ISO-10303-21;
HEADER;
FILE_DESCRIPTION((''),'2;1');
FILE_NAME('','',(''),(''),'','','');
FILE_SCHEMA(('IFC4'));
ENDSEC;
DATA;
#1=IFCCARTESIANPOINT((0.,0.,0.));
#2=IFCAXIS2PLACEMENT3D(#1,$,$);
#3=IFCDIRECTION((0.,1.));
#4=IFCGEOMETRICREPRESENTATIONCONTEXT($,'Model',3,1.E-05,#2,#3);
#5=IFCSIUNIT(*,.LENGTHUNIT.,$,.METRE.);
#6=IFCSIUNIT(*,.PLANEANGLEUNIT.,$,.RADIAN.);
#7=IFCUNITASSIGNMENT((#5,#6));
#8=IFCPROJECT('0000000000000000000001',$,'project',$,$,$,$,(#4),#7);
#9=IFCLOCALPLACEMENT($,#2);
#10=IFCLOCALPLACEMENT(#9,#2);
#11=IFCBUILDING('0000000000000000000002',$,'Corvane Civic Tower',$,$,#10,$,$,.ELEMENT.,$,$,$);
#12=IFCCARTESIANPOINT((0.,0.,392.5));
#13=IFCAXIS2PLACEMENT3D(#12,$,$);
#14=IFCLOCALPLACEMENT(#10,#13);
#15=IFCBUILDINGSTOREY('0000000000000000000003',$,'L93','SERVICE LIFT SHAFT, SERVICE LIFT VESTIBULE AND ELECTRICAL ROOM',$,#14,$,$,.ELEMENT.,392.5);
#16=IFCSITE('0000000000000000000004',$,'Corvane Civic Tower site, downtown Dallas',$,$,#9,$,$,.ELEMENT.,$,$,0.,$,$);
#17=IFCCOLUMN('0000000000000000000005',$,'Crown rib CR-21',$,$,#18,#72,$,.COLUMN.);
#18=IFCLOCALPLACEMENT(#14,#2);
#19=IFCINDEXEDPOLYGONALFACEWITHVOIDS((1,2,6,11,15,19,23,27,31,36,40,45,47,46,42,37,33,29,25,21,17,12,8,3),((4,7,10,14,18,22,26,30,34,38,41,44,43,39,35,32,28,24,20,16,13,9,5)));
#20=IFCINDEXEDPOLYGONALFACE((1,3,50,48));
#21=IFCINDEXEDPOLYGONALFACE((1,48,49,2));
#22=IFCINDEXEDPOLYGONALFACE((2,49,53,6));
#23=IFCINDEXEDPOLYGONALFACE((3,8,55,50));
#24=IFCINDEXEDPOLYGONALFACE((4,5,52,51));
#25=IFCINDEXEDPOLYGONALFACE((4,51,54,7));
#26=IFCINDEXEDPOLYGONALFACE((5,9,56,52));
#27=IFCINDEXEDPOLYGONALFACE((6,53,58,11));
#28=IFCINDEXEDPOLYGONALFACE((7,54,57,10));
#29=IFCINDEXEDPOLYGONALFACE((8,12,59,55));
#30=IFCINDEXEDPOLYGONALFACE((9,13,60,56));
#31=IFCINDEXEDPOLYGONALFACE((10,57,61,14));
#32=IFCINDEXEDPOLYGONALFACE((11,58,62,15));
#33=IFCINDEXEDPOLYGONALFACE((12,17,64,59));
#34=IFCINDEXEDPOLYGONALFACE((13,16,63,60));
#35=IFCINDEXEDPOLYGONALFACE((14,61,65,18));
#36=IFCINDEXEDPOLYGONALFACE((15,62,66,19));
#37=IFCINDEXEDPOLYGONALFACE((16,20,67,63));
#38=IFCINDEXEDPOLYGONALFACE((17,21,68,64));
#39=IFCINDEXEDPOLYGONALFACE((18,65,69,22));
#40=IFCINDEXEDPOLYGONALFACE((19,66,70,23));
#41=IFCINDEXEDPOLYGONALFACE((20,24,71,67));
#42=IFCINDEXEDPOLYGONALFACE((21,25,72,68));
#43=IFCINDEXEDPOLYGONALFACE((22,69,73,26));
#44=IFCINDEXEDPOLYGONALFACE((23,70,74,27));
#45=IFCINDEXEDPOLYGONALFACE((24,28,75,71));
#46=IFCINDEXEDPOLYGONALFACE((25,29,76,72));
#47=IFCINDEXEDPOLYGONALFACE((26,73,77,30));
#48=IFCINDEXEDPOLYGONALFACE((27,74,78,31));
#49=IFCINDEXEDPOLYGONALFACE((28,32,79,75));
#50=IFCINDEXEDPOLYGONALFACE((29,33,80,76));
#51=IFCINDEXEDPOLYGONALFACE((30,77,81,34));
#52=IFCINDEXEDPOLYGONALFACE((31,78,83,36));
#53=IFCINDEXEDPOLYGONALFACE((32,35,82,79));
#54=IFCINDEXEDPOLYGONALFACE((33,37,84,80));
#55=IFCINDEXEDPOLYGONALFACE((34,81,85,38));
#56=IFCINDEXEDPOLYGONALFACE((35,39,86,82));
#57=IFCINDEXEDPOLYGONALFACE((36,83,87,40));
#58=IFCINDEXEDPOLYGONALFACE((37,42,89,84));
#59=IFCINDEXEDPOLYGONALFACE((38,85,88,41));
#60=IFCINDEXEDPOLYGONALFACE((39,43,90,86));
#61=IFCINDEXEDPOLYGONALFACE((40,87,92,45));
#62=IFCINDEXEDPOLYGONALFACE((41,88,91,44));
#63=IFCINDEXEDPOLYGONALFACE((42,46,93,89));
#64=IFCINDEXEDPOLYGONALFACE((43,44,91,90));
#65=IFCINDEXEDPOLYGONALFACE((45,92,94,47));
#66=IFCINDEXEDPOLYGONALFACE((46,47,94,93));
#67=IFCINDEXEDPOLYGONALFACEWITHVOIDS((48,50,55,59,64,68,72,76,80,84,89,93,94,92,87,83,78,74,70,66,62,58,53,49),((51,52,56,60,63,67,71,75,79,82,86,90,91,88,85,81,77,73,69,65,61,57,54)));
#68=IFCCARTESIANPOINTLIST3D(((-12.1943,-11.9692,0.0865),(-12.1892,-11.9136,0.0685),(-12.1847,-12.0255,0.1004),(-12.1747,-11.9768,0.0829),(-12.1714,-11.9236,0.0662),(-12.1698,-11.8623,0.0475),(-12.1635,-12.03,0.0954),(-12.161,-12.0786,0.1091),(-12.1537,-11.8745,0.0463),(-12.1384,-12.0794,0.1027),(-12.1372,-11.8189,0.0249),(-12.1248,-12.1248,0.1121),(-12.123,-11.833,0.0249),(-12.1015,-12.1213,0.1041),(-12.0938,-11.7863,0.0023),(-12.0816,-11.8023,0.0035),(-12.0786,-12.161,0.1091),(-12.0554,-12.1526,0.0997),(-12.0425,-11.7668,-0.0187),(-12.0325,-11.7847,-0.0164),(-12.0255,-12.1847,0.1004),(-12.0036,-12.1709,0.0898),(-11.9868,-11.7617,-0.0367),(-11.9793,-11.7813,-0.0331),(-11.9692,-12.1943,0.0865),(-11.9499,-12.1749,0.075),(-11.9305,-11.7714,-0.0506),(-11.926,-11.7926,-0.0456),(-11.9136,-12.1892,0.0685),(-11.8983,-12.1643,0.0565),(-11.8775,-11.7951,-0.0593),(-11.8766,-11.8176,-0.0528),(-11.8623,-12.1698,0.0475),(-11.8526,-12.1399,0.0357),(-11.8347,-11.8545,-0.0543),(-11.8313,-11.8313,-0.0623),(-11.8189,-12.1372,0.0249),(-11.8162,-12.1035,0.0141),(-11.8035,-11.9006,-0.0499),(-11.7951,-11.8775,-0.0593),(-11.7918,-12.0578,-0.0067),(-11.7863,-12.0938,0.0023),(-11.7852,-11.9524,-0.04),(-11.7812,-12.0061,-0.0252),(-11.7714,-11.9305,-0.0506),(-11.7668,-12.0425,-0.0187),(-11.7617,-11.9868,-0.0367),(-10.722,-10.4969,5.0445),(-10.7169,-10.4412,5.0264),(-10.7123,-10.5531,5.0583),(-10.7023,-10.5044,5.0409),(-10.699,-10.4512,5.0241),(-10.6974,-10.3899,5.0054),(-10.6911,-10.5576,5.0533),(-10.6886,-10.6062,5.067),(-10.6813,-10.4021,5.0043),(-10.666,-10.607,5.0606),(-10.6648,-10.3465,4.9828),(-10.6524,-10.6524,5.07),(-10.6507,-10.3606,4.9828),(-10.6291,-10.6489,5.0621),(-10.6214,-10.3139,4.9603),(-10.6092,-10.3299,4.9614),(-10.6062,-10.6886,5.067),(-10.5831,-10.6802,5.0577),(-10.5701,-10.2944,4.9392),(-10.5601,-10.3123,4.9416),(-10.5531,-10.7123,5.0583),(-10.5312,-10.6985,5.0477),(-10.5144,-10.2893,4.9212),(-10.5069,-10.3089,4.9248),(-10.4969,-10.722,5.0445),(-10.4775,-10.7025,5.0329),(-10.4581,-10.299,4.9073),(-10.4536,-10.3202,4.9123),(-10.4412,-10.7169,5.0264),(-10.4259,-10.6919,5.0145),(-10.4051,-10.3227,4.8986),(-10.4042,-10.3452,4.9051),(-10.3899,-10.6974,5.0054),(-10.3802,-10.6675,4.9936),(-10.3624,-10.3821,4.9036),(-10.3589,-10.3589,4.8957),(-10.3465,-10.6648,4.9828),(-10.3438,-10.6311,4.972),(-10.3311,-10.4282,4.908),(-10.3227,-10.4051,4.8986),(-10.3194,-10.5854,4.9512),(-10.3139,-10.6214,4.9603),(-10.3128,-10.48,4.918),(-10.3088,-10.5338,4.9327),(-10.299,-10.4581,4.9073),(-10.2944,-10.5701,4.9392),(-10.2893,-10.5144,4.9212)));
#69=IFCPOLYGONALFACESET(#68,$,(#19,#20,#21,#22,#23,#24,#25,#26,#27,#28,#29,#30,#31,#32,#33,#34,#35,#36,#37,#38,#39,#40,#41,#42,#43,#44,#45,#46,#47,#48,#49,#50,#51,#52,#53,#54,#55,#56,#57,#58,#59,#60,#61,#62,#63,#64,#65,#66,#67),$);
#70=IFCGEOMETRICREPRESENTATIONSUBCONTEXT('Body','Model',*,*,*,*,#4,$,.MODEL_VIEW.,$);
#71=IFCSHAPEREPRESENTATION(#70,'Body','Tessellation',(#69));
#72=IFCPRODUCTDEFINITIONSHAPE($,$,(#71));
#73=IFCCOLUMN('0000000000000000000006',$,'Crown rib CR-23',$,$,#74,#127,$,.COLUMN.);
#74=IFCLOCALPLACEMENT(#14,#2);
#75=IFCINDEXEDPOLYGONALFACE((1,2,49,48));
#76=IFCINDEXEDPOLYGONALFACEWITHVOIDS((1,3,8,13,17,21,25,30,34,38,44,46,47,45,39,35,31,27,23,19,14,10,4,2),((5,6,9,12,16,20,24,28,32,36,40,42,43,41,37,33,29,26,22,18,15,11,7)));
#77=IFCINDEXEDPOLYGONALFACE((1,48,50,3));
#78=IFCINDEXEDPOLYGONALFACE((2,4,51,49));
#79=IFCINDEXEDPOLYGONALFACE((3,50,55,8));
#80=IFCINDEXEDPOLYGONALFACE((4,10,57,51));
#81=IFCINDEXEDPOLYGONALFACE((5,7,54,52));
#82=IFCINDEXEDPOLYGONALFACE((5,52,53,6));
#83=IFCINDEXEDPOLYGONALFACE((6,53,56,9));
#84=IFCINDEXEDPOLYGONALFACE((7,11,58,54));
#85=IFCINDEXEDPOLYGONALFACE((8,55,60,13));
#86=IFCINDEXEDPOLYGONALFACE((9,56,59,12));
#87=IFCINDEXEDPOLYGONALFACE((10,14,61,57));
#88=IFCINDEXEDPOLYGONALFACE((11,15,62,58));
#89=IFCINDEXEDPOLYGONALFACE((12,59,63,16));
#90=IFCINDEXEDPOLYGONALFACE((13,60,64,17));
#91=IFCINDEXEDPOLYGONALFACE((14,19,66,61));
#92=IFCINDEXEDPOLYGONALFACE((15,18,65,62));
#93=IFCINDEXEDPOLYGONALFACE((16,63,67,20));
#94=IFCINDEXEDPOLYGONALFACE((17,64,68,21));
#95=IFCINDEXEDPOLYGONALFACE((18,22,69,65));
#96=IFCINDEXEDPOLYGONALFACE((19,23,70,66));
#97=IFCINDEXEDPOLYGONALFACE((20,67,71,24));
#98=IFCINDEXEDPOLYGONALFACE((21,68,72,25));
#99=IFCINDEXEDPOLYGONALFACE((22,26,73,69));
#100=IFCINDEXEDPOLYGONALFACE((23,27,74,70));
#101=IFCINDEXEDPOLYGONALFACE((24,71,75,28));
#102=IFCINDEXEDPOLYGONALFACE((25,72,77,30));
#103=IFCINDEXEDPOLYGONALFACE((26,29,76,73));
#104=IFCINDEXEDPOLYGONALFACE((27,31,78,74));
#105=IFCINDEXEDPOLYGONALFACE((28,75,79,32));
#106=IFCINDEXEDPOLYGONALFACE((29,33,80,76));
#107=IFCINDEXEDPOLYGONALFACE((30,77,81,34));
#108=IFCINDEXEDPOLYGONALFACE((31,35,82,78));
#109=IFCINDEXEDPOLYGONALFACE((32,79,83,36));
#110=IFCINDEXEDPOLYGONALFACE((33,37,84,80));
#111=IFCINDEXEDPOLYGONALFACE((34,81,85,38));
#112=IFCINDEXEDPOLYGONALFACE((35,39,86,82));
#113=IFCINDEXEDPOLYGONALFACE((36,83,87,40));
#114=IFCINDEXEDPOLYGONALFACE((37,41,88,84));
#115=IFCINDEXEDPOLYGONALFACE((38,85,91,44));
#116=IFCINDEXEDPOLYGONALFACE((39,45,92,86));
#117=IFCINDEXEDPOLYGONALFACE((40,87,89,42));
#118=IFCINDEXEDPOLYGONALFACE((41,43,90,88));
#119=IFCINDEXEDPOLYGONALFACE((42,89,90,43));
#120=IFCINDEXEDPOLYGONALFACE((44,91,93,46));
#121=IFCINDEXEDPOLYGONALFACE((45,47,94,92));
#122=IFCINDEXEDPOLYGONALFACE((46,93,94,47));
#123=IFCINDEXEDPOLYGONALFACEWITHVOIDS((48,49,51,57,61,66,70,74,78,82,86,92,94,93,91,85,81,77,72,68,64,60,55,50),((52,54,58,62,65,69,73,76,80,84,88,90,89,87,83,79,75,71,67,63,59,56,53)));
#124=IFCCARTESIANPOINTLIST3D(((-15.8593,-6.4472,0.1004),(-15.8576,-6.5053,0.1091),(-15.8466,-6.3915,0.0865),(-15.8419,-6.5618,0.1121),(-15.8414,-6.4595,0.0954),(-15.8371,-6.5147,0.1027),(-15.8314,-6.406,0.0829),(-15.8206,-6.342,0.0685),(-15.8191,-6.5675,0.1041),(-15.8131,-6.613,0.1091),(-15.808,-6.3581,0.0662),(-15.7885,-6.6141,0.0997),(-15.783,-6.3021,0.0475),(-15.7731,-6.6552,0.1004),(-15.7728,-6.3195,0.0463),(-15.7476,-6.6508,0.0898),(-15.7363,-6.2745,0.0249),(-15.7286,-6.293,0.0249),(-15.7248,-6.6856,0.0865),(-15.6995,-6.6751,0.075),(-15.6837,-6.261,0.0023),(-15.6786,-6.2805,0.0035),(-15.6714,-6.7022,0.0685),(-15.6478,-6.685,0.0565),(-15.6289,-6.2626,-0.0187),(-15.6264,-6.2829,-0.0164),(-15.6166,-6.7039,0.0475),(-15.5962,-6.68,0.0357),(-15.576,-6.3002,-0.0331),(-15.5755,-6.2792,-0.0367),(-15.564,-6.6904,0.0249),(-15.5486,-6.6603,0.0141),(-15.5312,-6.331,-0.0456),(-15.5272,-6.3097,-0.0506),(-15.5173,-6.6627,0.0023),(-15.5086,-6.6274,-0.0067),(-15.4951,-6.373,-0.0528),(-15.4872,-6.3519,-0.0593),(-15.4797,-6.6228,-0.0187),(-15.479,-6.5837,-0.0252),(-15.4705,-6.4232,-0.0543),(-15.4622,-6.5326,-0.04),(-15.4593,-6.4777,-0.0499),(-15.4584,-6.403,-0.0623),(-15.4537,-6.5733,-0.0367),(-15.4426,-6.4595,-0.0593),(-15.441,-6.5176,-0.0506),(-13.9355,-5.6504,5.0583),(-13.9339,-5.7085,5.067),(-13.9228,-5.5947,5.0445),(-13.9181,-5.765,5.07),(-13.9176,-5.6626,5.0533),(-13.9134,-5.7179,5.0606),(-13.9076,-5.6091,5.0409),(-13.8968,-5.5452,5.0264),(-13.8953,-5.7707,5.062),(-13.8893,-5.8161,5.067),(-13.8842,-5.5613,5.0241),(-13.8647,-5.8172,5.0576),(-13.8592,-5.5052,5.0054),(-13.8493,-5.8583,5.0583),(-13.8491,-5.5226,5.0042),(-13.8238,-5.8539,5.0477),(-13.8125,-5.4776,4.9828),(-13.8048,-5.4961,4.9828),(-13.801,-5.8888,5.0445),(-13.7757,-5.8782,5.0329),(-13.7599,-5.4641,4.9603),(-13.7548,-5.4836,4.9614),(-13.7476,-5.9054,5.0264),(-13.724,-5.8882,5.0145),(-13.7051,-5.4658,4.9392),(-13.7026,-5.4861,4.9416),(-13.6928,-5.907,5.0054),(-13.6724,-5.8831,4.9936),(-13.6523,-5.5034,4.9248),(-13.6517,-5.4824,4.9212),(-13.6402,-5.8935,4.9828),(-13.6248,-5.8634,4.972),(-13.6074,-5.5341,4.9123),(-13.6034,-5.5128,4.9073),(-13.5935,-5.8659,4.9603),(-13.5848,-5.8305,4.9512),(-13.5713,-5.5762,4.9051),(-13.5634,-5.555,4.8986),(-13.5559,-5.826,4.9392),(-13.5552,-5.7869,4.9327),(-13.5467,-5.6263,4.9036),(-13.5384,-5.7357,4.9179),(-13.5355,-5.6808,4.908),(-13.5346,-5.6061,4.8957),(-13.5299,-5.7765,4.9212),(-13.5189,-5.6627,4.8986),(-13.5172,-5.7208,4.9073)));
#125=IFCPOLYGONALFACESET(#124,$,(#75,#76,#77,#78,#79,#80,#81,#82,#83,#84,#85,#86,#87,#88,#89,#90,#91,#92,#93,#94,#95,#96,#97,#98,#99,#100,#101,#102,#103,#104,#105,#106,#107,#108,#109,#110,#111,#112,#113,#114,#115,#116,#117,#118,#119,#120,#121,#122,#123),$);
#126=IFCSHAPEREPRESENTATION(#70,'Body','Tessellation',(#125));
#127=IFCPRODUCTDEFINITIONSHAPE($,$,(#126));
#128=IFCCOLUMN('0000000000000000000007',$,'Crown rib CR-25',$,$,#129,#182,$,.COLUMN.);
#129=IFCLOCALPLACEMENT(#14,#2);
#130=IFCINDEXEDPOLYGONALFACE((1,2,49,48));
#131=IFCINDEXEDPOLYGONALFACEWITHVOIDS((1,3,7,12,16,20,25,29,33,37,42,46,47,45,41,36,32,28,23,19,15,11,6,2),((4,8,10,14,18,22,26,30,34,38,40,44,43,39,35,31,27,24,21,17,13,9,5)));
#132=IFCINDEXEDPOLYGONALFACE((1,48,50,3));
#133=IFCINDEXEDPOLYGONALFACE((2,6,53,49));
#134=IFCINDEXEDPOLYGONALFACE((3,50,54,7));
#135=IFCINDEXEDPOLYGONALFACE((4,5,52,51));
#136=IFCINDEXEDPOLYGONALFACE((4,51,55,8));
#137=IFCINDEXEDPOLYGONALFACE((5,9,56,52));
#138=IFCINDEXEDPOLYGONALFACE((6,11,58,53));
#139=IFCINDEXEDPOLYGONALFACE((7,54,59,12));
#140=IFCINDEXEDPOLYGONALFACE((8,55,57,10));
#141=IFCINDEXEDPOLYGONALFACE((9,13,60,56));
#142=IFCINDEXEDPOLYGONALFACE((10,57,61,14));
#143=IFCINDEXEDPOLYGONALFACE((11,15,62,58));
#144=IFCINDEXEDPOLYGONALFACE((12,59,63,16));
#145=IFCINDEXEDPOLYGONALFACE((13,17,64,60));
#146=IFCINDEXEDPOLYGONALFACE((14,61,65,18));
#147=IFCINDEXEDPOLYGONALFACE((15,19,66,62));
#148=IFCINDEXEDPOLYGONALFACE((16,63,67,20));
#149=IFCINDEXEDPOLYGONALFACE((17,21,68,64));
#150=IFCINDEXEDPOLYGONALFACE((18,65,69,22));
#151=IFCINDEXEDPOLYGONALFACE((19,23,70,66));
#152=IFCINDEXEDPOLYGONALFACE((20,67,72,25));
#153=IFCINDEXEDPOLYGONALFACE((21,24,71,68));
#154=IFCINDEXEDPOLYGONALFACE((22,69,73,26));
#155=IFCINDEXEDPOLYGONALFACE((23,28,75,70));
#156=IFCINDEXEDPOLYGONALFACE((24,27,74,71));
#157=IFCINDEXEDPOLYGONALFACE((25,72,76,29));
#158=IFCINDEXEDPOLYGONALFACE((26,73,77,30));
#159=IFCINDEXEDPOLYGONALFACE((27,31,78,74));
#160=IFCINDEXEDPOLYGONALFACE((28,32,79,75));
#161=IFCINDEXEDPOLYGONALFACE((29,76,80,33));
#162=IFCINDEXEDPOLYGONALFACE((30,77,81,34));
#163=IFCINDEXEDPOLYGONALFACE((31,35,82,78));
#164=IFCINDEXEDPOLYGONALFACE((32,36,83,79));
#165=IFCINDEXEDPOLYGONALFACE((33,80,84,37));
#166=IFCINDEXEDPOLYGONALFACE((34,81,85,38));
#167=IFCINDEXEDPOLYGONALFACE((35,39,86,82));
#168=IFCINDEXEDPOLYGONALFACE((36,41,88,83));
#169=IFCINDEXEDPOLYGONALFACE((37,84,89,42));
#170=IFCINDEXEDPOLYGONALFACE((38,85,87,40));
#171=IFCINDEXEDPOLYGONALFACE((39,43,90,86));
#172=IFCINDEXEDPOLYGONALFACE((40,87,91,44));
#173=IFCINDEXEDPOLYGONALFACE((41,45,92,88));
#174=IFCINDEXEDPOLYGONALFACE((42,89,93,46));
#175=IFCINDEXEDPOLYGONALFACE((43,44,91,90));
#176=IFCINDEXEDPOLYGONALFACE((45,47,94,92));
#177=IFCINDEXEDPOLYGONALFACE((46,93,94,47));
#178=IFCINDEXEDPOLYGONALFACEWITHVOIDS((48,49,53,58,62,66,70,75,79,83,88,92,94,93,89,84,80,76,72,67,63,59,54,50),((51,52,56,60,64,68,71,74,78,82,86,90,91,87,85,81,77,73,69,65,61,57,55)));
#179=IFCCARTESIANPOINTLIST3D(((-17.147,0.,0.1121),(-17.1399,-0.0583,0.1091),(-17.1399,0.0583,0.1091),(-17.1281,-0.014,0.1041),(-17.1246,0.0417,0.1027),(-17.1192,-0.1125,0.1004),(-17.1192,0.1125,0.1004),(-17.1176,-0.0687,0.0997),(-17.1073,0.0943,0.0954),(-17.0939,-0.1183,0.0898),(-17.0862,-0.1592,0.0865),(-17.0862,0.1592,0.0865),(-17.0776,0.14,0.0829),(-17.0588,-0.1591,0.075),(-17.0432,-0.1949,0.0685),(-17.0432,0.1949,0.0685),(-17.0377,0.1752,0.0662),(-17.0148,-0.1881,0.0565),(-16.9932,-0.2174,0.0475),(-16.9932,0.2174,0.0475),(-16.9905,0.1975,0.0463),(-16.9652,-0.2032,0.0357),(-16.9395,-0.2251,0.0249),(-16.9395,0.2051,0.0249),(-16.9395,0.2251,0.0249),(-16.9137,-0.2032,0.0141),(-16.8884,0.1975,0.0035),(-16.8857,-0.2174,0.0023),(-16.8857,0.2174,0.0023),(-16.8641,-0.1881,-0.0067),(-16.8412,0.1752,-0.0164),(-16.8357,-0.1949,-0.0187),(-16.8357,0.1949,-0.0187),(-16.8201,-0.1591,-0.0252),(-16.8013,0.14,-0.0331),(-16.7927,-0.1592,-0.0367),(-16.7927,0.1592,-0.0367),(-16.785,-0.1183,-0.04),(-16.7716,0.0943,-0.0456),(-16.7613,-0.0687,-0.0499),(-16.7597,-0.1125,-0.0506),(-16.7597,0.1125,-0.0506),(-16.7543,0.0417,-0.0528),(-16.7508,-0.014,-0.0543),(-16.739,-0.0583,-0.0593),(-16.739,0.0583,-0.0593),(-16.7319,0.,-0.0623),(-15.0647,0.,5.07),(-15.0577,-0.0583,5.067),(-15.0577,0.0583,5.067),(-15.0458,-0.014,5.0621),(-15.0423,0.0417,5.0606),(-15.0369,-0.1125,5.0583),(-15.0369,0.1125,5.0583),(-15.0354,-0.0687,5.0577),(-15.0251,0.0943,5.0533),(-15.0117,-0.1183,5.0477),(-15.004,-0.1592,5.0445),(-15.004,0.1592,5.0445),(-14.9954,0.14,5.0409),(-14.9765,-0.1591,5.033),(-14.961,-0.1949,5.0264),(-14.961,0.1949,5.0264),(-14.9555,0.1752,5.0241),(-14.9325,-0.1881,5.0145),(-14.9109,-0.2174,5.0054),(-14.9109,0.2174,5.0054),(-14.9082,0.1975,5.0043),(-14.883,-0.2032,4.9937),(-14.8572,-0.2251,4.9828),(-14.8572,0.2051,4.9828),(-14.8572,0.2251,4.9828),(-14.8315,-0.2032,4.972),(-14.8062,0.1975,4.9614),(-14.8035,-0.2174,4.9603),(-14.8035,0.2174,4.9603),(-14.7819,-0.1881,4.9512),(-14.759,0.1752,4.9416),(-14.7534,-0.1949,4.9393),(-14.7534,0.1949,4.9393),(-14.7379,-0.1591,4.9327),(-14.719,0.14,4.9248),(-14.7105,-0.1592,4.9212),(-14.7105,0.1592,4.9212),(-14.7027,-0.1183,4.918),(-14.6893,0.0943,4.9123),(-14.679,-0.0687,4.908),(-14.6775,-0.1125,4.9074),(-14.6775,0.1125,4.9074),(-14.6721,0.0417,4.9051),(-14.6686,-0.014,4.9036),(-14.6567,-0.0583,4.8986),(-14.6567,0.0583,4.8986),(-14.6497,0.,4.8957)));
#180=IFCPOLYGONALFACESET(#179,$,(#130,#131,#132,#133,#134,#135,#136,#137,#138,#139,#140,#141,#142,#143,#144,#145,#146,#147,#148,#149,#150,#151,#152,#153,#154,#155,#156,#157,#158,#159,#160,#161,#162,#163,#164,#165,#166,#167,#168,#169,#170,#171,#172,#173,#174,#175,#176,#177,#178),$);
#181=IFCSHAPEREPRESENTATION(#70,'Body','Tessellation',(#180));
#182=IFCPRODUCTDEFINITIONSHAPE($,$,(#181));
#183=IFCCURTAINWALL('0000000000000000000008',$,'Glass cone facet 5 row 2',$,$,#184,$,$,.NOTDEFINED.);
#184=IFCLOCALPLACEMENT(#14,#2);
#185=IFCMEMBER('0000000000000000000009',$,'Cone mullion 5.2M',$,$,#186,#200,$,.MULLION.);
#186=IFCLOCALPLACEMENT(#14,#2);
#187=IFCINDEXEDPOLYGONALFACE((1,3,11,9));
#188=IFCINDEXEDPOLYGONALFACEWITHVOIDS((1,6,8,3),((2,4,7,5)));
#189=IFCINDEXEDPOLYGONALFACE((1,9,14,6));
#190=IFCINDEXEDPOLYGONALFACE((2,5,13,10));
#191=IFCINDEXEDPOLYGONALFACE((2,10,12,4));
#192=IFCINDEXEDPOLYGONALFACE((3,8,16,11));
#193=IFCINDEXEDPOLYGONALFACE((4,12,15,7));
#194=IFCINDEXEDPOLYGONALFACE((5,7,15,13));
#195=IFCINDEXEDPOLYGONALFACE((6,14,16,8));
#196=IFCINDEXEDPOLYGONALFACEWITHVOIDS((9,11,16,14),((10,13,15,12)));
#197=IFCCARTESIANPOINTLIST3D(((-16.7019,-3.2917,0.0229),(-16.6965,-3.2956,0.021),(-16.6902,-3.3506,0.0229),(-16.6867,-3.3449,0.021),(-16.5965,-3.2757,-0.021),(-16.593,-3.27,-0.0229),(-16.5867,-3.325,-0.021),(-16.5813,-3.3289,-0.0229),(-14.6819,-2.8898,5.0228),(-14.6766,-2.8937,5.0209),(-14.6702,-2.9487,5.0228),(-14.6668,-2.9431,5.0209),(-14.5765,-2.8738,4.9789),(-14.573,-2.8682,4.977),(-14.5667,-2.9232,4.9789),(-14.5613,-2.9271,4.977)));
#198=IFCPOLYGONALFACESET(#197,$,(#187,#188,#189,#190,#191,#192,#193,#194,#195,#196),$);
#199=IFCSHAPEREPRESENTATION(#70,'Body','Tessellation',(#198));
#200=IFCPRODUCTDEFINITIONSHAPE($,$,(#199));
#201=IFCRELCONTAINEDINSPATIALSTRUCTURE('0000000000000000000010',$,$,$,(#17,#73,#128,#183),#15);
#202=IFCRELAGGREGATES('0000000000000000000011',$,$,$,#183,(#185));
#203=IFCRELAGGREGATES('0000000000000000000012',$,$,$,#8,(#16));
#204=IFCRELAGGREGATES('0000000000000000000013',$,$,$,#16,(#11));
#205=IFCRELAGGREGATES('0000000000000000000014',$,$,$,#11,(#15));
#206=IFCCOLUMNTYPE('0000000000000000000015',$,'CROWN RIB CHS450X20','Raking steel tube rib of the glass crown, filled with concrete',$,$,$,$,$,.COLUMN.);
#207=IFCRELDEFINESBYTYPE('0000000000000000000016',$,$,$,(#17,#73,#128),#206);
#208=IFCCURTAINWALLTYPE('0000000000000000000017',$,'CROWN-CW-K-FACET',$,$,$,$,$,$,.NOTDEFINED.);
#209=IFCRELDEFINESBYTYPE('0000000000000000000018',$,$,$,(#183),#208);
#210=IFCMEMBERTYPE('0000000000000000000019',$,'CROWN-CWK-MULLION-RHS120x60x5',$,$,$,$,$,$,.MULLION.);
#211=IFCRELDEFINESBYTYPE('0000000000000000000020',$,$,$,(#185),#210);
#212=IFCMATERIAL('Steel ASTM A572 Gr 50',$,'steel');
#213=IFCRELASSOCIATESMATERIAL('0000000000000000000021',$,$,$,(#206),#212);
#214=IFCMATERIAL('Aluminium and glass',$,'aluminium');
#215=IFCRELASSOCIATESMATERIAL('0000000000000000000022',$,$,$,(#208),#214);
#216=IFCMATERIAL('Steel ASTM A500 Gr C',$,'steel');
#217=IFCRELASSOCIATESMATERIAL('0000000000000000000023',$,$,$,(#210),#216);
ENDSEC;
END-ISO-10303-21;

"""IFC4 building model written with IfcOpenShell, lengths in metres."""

from ifc_helpers import new_model, si_unit, direction, frame, origin, origin_2d, place, context, subcontext, project, spatial, hollow_rectangle, hollow_circle, extrude, material, material_profile, profile_set, type_object, element, aggregate, save


model = new_model("IFC4")

# Units and contexts
model_context = context("Model", 3, precision=1e-05, world=origin(), true_north=direction((0.0, 1.0)))
body_context = subcontext(model_context, "Body", "Model", "MODEL_VIEW")
ifc_project = project(units=[si_unit("LENGTHUNIT", "METRE"), si_unit("PLANEANGLEUNIT", "RADIAN")], contexts=[model_context])

# Site, building, storey
site_placement = place(None, origin())
site = spatial("IfcSite", under=ifc_project, at=site_placement, Name="Corvane Civic Tower site, downtown Dallas", CompositionType="ELEMENT", RefElevation=0.0)
building_placement = place(site_placement, origin())
building = spatial("IfcBuilding", under=site, at=building_placement, Name="Corvane Civic Tower", CompositionType="ELEMENT")
storey_placement = place(building_placement, frame((0.0, 0.0, 392.5)))
storey = spatial("IfcBuildingStorey", under=building, at=storey_placement, Name="L93", Description="SERVICE LIFT SHAFT, SERVICE LIFT VESTIBULE AND ELECTRICAL ROOM", CompositionType="ELEMENT", Elevation=392.5)

# Columns
ifc_material_1 = material(Name="Steel ASTM A572 Gr 50", Category="steel")
ifc_material_profile_1 = material_profile(ifc_material_1, hollow_circle(Radius=0.2251, WallThickness=0.02, at=origin_2d()), Name="CHS450X20")
ifc_profile_set_1 = profile_set([ifc_material_profile_1], Name="Steel ASTM A572 Gr 50")
column_type = type_object("IfcColumnType", Name="CROWN RIB CHS450X20", Description="Raking steel tube rib of the glass crown, filled with concrete", PredefinedType="COLUMN", material=ifc_profile_set_1)
for number, where, z_axis, x_axis, name in (
    (1, (-11.978, -11.978, 0.0249), (0.273808, 0.273808, 0.921986), (-0.707107, 0.707107, 0.0), "Crown rib CR-21"),
    (2, (-15.6501, -6.4824, 0.0249), (0.357752, 0.148186, 0.921984), (-0.382683, 0.92388, 0.0), "Crown rib CR-23"),
    (3, (-16.9395, 0.0, 0.0249), (0.387219, 0.0, 0.921988), (0.0, 1.0, 0.0), "Crown rib CR-25"),
):
    element("IfcColumn", number, at=place(storey_placement, frame(where, z_axis=z_axis, x_axis=x_axis)), inside=storey, type_object=column_type, Name=name, PredefinedType="COLUMN", context=body_context, shape_type="SweptSolid", body=[
        extrude(hollow_circle(Radius=0.2251, WallThickness=0.02, at=origin_2d()), origin(), (0.0, 0.0, 1.0), 5.3774),
    ])

# Curtain wall, member
ifc_material_2 = material(Name="Aluminium and glass", Category="aluminium")
curtain_wall_type = type_object("IfcCurtainWallType", Name="CROWN-CW-K-FACET", PredefinedType="NOTDEFINED", material=ifc_material_2)
curtain_wall_1_placement = place(storey_placement, origin())
curtain_wall_1 = element("IfcCurtainWall", 4, at=curtain_wall_1_placement, inside=storey, type_object=curtain_wall_type, Name="Glass cone facet 5 row 2", PredefinedType="NOTDEFINED")
ifc_material_3 = material(Name="Steel ASTM A500 Gr C", Category="steel")
ifc_material_profile_2 = material_profile(ifc_material_3, hollow_rectangle(XDim=0.0601, YDim=0.1201, WallThickness=0.0049, at=origin_2d()), Name="RHS 120x60x5")
ifc_profile_set_2 = profile_set([ifc_material_profile_2], Name="Steel ASTM A500 Gr C")
member_type_1 = type_object("IfcMemberType", Name="CROWN-CWK-MULLION-RHS120x60x5", PredefinedType="MULLION", material=ifc_profile_set_2)
member_1_placement = place(storey_placement, frame((-16.6416, -3.3103, 0.0), z_axis=(0.373553, 0.074313, 0.924627), x_axis=(-0.195113, 0.980781, 0.0)))
member_1 = element("IfcMember", 5, at=member_1_placement, type_object=member_type_1, Name="Cone mullion 5.2M", PredefinedType="MULLION", context=body_context, shape_type="SweptSolid", body=[
    extrude(hollow_rectangle(XDim=0.0601, YDim=0.1201, WallThickness=0.0049, at=origin_2d()), origin(), (0.0, 0.0, 1.0), 5.4075),
])

aggregate(curtain_wall_1, [member_1])

save(model, "model.ifc")
